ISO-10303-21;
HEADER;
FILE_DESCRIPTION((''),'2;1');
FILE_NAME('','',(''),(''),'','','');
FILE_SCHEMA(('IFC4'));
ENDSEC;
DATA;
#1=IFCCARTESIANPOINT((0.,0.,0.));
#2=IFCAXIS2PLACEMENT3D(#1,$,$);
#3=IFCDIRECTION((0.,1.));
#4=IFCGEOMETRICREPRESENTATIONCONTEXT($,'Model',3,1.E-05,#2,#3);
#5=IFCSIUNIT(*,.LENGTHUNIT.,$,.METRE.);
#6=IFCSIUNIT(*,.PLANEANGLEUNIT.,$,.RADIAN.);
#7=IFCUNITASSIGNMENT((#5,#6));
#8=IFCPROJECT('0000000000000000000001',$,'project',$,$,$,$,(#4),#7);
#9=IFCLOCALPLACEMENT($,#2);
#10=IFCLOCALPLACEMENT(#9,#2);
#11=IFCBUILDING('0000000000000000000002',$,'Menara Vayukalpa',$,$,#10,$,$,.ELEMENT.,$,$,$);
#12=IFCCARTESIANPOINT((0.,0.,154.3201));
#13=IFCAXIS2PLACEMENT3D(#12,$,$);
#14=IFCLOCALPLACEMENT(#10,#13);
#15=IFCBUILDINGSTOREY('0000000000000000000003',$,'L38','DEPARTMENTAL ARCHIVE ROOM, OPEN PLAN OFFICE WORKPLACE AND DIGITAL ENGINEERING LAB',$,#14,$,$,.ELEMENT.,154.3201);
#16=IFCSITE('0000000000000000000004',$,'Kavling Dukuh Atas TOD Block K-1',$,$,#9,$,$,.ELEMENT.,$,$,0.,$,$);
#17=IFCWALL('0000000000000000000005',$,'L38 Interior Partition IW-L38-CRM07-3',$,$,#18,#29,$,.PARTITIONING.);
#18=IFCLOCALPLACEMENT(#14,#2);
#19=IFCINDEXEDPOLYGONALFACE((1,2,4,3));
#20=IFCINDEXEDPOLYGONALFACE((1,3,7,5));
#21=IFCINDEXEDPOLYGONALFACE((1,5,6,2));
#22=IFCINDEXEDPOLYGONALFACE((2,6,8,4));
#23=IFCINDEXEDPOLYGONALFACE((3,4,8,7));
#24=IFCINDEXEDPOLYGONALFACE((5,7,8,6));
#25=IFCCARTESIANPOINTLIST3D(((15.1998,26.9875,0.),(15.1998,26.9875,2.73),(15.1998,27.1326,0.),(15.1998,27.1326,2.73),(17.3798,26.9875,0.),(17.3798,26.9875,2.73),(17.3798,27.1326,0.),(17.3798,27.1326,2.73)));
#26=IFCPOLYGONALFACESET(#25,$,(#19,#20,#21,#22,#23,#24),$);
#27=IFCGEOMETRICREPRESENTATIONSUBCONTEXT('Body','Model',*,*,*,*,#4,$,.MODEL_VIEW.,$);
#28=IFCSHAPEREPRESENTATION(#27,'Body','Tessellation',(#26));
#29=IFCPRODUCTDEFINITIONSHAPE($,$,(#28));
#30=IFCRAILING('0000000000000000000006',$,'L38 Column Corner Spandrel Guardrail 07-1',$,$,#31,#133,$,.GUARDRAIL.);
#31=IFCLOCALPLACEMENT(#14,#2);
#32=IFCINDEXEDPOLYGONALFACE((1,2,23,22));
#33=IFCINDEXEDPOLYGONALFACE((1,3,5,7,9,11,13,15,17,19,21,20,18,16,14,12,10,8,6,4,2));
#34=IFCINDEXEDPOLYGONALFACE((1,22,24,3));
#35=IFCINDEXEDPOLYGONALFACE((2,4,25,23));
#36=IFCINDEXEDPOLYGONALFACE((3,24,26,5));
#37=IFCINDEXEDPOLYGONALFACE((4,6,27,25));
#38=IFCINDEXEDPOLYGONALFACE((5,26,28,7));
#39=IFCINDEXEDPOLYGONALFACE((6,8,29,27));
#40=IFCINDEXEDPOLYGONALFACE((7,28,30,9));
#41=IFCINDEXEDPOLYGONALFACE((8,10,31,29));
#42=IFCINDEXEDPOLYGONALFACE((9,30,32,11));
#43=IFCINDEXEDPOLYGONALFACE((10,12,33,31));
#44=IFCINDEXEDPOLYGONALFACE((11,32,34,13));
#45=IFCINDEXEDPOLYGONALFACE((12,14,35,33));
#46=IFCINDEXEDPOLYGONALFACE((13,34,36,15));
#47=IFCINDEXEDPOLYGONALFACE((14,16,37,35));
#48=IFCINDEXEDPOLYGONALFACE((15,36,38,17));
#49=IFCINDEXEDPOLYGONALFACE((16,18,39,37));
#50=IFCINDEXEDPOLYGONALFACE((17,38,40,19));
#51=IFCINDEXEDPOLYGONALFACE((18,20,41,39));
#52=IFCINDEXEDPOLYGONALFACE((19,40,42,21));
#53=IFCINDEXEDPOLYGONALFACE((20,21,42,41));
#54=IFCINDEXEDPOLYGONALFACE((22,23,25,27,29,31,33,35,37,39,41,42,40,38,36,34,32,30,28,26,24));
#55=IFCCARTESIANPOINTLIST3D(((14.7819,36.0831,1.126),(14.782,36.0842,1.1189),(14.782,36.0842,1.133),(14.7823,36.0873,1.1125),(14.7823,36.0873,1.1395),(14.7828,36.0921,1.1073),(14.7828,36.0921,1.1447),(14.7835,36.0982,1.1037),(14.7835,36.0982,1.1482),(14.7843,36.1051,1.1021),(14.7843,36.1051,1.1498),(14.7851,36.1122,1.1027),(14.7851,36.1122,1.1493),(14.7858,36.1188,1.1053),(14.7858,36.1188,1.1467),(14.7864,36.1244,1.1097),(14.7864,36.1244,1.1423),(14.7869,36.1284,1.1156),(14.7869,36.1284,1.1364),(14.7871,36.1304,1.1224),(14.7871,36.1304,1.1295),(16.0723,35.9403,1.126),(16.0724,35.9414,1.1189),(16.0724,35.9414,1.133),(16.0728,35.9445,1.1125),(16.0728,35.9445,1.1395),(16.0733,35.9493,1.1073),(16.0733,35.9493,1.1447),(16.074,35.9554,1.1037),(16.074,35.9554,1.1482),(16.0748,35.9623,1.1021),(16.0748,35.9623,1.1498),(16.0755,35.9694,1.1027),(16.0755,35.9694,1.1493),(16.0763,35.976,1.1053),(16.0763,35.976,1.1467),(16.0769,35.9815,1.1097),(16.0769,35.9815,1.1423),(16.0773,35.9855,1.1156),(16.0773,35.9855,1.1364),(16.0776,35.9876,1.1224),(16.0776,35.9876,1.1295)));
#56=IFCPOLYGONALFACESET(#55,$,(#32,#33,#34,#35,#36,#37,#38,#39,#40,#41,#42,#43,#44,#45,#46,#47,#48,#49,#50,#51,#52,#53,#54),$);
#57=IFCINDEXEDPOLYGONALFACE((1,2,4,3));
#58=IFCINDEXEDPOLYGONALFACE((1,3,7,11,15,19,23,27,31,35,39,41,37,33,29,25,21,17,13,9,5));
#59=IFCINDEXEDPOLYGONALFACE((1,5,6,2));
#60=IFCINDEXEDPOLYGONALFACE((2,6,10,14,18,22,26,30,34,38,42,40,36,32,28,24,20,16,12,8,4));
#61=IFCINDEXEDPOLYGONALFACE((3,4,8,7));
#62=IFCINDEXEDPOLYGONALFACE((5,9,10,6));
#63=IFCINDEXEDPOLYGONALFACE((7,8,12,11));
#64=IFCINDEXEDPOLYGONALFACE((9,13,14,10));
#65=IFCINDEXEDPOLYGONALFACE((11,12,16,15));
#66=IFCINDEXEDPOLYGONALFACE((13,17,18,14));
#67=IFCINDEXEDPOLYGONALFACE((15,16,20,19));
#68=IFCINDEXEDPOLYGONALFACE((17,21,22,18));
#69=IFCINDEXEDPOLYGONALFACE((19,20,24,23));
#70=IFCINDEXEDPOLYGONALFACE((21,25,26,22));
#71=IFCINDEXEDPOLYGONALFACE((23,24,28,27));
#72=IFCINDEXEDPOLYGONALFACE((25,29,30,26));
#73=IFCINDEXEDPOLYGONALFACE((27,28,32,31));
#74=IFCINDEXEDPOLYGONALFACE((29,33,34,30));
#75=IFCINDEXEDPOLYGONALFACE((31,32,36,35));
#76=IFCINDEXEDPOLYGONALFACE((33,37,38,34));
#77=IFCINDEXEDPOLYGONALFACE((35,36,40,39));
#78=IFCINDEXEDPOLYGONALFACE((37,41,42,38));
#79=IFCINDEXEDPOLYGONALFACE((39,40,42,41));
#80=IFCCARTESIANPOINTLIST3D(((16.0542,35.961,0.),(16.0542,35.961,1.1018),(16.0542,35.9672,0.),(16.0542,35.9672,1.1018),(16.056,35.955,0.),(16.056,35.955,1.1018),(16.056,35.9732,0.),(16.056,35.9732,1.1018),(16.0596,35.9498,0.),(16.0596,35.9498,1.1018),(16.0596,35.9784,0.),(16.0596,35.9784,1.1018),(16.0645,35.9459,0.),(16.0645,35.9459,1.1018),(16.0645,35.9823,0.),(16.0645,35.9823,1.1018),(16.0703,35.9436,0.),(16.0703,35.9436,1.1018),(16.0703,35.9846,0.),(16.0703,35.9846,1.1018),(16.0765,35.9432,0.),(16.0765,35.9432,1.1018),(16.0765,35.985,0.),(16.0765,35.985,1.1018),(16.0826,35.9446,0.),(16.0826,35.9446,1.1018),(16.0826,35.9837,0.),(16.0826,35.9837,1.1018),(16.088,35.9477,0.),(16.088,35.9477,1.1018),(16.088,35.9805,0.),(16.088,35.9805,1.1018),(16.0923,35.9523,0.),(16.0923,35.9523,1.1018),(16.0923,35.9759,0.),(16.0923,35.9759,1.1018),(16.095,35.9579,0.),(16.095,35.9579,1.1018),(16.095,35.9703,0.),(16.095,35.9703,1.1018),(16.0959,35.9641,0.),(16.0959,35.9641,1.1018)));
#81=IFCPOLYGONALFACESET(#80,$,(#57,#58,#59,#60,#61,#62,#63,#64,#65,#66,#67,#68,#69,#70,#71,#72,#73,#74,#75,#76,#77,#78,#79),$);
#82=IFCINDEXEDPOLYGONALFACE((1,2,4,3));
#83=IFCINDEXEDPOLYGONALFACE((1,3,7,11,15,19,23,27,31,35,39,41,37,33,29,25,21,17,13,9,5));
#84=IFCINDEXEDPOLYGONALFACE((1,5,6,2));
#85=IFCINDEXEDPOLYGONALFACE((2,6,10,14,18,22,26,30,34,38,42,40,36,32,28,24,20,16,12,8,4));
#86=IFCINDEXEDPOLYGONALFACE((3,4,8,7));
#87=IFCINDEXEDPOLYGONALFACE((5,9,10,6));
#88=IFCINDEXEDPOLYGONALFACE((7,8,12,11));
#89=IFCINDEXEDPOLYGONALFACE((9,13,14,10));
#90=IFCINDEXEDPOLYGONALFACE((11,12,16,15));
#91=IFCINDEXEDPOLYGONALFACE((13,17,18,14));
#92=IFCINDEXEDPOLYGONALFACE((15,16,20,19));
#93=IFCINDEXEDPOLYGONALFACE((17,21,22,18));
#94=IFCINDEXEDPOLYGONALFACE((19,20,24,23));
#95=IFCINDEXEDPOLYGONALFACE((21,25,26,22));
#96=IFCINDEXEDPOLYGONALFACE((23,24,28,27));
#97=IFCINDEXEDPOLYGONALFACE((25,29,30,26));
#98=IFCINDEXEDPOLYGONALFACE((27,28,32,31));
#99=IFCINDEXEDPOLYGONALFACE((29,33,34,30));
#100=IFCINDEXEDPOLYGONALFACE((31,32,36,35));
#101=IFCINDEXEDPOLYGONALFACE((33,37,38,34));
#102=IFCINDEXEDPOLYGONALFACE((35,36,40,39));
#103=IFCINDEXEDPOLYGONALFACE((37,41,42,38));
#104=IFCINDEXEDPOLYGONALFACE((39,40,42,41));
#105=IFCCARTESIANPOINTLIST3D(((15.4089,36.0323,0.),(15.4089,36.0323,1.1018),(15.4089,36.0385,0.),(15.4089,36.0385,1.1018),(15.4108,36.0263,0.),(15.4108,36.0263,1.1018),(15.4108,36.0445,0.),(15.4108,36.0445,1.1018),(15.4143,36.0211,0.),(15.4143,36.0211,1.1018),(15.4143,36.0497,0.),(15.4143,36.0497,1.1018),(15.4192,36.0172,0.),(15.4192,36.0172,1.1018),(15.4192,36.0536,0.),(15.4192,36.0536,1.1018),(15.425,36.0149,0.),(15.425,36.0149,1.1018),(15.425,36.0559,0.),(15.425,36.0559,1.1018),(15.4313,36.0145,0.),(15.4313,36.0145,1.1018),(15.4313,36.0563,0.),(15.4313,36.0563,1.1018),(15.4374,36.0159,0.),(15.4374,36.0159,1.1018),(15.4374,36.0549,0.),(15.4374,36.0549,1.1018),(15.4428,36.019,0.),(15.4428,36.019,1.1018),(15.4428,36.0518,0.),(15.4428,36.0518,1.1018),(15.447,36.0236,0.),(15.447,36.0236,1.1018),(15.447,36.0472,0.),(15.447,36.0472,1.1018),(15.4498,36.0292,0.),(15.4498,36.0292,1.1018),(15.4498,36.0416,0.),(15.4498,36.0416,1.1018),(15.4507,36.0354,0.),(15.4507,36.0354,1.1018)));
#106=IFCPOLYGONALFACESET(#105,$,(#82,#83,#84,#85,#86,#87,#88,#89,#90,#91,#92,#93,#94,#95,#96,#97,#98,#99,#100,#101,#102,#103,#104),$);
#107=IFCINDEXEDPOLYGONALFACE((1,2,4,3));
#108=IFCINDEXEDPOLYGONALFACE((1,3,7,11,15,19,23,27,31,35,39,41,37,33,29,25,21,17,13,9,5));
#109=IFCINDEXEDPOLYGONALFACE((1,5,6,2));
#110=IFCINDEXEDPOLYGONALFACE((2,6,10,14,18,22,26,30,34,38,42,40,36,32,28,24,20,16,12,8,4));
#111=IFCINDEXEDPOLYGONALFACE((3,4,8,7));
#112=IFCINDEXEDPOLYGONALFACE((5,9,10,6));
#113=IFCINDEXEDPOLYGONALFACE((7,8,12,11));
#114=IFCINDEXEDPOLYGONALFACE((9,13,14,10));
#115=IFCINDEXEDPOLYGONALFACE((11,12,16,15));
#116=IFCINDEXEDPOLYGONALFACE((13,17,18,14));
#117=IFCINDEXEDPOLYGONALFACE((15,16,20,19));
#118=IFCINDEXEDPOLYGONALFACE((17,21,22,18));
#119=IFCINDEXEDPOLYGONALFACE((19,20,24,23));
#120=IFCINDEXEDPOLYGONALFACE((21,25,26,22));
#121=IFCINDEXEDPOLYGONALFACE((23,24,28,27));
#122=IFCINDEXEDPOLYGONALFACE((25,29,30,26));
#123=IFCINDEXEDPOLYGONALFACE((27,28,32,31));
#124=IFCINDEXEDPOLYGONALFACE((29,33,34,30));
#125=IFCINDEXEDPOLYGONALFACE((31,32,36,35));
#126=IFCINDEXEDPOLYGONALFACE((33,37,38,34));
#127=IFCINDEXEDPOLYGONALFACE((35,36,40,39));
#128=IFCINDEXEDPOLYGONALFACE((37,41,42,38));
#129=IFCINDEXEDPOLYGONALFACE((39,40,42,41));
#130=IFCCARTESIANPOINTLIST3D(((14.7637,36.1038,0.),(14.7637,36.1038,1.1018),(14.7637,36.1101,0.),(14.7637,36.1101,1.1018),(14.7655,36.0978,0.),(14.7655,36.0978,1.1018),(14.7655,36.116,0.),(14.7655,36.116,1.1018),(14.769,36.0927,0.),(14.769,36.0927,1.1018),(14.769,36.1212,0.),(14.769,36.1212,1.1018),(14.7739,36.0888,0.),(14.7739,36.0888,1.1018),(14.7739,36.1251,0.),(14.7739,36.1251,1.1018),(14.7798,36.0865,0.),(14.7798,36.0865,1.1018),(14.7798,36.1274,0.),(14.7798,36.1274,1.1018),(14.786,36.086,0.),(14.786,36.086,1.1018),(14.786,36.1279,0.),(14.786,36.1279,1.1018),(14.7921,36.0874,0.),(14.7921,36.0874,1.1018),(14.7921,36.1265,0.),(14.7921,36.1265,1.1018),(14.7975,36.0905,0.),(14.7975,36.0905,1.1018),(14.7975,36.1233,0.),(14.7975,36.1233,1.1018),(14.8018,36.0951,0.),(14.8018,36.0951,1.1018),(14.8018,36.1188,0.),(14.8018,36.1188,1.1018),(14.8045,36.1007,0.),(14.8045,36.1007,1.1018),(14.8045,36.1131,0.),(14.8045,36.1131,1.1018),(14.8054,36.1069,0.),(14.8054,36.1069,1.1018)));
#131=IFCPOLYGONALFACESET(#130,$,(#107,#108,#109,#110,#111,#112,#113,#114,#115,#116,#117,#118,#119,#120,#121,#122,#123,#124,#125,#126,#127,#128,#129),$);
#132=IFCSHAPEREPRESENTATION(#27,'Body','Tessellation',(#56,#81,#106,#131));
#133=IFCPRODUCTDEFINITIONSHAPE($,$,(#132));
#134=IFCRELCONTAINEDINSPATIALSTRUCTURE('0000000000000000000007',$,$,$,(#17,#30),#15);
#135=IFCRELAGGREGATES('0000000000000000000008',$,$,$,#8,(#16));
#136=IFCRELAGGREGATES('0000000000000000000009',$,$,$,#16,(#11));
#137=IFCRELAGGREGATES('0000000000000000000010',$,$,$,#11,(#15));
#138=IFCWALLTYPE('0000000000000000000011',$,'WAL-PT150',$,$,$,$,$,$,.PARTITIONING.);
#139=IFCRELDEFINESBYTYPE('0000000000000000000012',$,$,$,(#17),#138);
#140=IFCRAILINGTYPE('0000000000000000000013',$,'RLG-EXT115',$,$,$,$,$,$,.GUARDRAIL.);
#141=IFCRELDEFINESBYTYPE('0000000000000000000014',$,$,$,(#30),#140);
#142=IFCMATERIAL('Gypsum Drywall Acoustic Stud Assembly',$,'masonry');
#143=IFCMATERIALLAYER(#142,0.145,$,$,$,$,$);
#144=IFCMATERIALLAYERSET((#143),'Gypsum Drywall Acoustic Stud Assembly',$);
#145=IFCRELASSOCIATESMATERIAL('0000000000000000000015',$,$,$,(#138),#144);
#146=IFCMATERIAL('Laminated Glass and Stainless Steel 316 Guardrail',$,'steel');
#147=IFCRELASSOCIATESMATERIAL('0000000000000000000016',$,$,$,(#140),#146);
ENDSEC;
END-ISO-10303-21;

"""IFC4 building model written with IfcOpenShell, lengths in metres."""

from ifc_helpers import new_model, si_unit, direction, frame, frame_2d, origin, origin_2d, place, context, subcontext, project, spatial, rectangle, circle, extrude, material, layer, layer_set, type_object, element, save


model = new_model("IFC4")

# Units and contexts
model_context = context("Model", 3, precision=1e-05, world=origin(), true_north=direction((0.0, 1.0)))
body_context = subcontext(model_context, "Body", "Model", "MODEL_VIEW")
ifc_project = project(units=[si_unit("LENGTHUNIT", "METRE"), si_unit("PLANEANGLEUNIT", "RADIAN")], contexts=[model_context])

# Site, building, storey
site_placement = place(None, origin())
site = spatial("IfcSite", under=ifc_project, at=site_placement, Name="Kavling Dukuh Atas TOD Block K-1", CompositionType="ELEMENT", RefElevation=0.0)
building_placement = place(site_placement, origin())
building = spatial("IfcBuilding", under=site, at=building_placement, Name="Menara Vayukalpa", CompositionType="ELEMENT")
storey_placement = place(building_placement, frame((0.0, 0.0, 154.3201)))
storey = spatial("IfcBuildingStorey", under=building, at=storey_placement, Name="L38", Description="DEPARTMENTAL ARCHIVE ROOM, OPEN PLAN OFFICE WORKPLACE AND DIGITAL ENGINEERING LAB", CompositionType="ELEMENT", Elevation=154.3201)

# Wall
ifc_material_1 = material(Name="Gypsum Drywall Acoustic Stud Assembly", Category="masonry")
ifc_layer_1 = layer(ifc_material_1, 0.145)
ifc_layer_set_1 = layer_set([ifc_layer_1], Name="Gypsum Drywall Acoustic Stud Assembly")
wall_type_1 = type_object("IfcWallType", Name="WAL-PT150", PredefinedType="PARTITIONING", material=ifc_layer_set_1)
wall_1_placement = place(storey_placement, frame((15.2, 27.0601, 0.0), z_axis=(0.0, 0.0, 1.0), x_axis=(1.0, 0.0, 0.0)))
element("IfcWall", 1, at=wall_1_placement, inside=storey, type_object=wall_type_1, Name="L38 Interior Partition IW-L38-CRM07-3", PredefinedType="PARTITIONING", context=body_context, shape_type="SweptSolid", body=[
    extrude(rectangle(XDim=2.1799, YDim=0.145, at=frame_2d((1.0898, 0.0))), origin(), (0.0, 0.0, 1.0), 2.73),
])

# Railing
ifc_material_2 = material(Name="Laminated Glass and Stainless Steel 316 Guardrail", Category="steel")
railing_type = type_object("IfcRailingType", Name="RLG-EXT115", PredefinedType="GUARDRAIL", material=ifc_material_2)
railing_1_placement = place(storey_placement, frame((16.075, 35.9641, 0.0)))
element("IfcRailing", 2, at=railing_1_placement, inside=storey, type_object=railing_type, Name="L38 Column Corner Spandrel Guardrail 07-1", PredefinedType="GUARDRAIL", context=body_context, shape_type="SweptSolid", body=[
    extrude(circle(Radius=0.0239, at=origin_2d()), frame((0.0, 0.0, 1.126), z_axis=(-0.993932, 0.109998, 0.0), x_axis=(-0.109998, -0.993932, 0.0)), (0.0, 0.0, 1.0), 1.2983),
    extrude(circle(Radius=0.021, at=origin_2d()), origin(), (0.0, 0.0, 1.0), 1.1018),
    extrude(circle(Radius=0.021, at=origin_2d()), frame((-0.6453, 0.0713, 0.0)), (0.0, 0.0, 1.0), 1.1018),
    extrude(circle(Radius=0.021, at=origin_2d()), frame((-1.2905, 0.1428, 0.0)), (0.0, 0.0, 1.0), 1.1018),
])

save(model, "model.ifc")
